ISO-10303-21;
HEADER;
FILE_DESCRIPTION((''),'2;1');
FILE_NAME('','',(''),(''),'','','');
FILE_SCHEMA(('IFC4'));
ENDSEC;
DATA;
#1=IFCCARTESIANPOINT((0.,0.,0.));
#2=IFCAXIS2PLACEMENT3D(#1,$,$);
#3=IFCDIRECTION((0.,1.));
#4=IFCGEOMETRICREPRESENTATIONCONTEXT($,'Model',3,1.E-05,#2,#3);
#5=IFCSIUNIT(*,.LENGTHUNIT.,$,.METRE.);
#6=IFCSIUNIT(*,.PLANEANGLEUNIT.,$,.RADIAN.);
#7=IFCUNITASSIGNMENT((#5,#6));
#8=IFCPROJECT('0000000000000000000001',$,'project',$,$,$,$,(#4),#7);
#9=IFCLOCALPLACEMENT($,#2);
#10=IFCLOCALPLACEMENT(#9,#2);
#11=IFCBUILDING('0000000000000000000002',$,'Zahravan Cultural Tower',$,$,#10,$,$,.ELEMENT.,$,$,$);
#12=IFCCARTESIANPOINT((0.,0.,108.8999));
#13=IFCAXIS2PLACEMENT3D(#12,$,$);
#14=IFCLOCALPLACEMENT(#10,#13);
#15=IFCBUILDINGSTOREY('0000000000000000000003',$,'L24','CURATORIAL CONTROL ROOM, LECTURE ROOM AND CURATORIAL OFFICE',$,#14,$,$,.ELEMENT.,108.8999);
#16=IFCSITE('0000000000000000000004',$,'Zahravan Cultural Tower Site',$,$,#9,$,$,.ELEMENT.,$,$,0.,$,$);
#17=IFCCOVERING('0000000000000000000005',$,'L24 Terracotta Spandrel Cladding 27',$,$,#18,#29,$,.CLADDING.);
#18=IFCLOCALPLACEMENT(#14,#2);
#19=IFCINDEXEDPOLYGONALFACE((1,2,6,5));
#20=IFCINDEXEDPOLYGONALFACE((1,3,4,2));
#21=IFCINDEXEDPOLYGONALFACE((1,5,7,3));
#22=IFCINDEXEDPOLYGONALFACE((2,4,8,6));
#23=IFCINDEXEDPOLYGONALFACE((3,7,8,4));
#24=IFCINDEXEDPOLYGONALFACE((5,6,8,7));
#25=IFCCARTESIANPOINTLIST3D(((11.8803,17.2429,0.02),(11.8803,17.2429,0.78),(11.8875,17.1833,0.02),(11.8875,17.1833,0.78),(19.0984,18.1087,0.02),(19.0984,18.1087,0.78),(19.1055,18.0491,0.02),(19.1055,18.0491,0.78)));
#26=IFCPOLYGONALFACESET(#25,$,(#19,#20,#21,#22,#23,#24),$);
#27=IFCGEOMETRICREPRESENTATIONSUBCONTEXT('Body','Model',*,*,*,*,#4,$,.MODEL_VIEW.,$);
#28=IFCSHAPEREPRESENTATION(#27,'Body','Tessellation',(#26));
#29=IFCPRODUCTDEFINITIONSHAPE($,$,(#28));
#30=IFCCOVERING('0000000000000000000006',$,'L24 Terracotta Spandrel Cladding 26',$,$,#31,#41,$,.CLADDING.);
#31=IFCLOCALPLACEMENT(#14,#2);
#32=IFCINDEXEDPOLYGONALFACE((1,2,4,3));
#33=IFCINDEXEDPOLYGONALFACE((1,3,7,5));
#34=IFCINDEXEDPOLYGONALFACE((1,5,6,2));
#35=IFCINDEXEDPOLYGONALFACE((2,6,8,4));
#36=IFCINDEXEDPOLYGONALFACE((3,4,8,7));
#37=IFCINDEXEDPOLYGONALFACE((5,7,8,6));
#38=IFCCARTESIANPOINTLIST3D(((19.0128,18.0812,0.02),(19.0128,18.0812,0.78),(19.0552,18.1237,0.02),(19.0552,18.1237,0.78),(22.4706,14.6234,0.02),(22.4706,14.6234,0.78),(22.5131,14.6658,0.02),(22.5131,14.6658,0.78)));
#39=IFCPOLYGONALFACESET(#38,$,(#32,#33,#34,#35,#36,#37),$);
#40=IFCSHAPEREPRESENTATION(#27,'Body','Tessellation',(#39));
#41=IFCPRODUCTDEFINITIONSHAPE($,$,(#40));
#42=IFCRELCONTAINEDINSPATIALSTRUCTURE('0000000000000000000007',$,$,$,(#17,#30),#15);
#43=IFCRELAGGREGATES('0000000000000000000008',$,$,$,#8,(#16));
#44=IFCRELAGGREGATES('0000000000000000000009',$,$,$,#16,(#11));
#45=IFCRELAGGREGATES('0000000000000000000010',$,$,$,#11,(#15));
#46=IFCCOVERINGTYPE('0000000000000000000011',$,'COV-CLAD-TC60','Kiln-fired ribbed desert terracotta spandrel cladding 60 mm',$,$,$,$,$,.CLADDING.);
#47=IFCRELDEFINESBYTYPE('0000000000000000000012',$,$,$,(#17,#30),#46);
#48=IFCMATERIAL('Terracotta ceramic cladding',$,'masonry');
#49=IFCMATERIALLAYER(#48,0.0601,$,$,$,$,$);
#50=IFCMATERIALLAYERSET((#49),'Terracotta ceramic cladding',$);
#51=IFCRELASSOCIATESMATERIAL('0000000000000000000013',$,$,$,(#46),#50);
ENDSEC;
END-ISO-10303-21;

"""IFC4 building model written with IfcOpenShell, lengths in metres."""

from ifc_helpers import new_model, si_unit, direction, frame, origin, origin_2d, place, context, subcontext, project, spatial, rectangle, extrude, source, transform, mapped, material, layer, layer_set, type_object, element, save


model = new_model("IFC4")

# Units and contexts
model_context = context("Model", 3, precision=1e-05, world=origin(), true_north=direction((0.0, 1.0)))
body_context = subcontext(model_context, "Body", "Model", "MODEL_VIEW")
ifc_project = project(units=[si_unit("LENGTHUNIT", "METRE"), si_unit("PLANEANGLEUNIT", "RADIAN")], contexts=[model_context])

# Site, building, storey
site_placement = place(None, origin())
site = spatial("IfcSite", under=ifc_project, at=site_placement, Name="Zahravan Cultural Tower Site", CompositionType="ELEMENT", RefElevation=0.0)
building_placement = place(site_placement, origin())
building = spatial("IfcBuilding", under=site, at=building_placement, Name="Zahravan Cultural Tower", CompositionType="ELEMENT")
storey_placement = place(building_placement, frame((0.0, 0.0, 108.8999)))
storey = spatial("IfcBuildingStorey", under=building, at=storey_placement, Name="L24", Description="CURATORIAL CONTROL ROOM, LECTURE ROOM AND CURATORIAL OFFICE", CompositionType="ELEMENT", Elevation=108.8999)

# Coverings
ifc_material_1 = material(Name="Terracotta ceramic cladding", Category="masonry")
ifc_layer_1 = layer(ifc_material_1, 0.0601)
ifc_layer_set_1 = layer_set([ifc_layer_1], Name="Terracotta ceramic cladding")
covering_type_1 = type_object("IfcCoveringType", Name="COV-CLAD-TC60", Description="Kiln-fired ribbed desert terracotta spandrel cladding 60 mm", PredefinedType="CLADDING", material=ifc_layer_set_1)
shared_shape_1 = source(origin(), body_context, "Body", "SweptSolid", [
    extrude(rectangle(XDim=7.2698, YDim=0.0601, at=origin_2d()), origin(), (0.0, 0.0, 1.0), 0.76),
])
covering_1_placement = place(storey_placement, frame((15.4929, 17.646, 0.02), z_axis=(0.0, 0.0, 1.0), x_axis=(-0.992883, -0.119097, 0.0)))
element("IfcCovering", 1, at=covering_1_placement, inside=storey, type_object=covering_type_1, Name="L24 Terracotta Spandrel Cladding 27", PredefinedType="CLADDING", context=body_context, shape_type="MappedRepresentation", body=[
    mapped(shared_shape_1, transform((0.0, 0.0, 0.0), x_axis=(1.0, 0.0, 0.0), y_axis=(0.0, 1.0, 0.0), z_axis=(0.0, 0.0, 1.0), scale=1.0)),
])
shared_shape_2 = source(origin(), body_context, "Body", "SweptSolid", [
    extrude(rectangle(XDim=4.8901, YDim=0.0601, at=origin_2d()), origin(), (0.0, 0.0, 1.0), 0.76),
])
covering_2_placement = place(storey_placement, frame((20.7629, 16.3735, 0.02), z_axis=(0.0, 0.0, 1.0), x_axis=(-0.707107, 0.707107, 0.0)))
element("IfcCovering", 2, at=covering_2_placement, inside=storey, type_object=covering_type_1, Name="L24 Terracotta Spandrel Cladding 26", PredefinedType="CLADDING", context=body_context, shape_type="MappedRepresentation", body=[
    mapped(shared_shape_2, transform((0.0, 0.0, 0.0), x_axis=(1.0, 0.0, 0.0), y_axis=(0.0, 1.0, 0.0), z_axis=(0.0, 0.0, 1.0), scale=1.0)),
])

save(model, "model.ifc")
